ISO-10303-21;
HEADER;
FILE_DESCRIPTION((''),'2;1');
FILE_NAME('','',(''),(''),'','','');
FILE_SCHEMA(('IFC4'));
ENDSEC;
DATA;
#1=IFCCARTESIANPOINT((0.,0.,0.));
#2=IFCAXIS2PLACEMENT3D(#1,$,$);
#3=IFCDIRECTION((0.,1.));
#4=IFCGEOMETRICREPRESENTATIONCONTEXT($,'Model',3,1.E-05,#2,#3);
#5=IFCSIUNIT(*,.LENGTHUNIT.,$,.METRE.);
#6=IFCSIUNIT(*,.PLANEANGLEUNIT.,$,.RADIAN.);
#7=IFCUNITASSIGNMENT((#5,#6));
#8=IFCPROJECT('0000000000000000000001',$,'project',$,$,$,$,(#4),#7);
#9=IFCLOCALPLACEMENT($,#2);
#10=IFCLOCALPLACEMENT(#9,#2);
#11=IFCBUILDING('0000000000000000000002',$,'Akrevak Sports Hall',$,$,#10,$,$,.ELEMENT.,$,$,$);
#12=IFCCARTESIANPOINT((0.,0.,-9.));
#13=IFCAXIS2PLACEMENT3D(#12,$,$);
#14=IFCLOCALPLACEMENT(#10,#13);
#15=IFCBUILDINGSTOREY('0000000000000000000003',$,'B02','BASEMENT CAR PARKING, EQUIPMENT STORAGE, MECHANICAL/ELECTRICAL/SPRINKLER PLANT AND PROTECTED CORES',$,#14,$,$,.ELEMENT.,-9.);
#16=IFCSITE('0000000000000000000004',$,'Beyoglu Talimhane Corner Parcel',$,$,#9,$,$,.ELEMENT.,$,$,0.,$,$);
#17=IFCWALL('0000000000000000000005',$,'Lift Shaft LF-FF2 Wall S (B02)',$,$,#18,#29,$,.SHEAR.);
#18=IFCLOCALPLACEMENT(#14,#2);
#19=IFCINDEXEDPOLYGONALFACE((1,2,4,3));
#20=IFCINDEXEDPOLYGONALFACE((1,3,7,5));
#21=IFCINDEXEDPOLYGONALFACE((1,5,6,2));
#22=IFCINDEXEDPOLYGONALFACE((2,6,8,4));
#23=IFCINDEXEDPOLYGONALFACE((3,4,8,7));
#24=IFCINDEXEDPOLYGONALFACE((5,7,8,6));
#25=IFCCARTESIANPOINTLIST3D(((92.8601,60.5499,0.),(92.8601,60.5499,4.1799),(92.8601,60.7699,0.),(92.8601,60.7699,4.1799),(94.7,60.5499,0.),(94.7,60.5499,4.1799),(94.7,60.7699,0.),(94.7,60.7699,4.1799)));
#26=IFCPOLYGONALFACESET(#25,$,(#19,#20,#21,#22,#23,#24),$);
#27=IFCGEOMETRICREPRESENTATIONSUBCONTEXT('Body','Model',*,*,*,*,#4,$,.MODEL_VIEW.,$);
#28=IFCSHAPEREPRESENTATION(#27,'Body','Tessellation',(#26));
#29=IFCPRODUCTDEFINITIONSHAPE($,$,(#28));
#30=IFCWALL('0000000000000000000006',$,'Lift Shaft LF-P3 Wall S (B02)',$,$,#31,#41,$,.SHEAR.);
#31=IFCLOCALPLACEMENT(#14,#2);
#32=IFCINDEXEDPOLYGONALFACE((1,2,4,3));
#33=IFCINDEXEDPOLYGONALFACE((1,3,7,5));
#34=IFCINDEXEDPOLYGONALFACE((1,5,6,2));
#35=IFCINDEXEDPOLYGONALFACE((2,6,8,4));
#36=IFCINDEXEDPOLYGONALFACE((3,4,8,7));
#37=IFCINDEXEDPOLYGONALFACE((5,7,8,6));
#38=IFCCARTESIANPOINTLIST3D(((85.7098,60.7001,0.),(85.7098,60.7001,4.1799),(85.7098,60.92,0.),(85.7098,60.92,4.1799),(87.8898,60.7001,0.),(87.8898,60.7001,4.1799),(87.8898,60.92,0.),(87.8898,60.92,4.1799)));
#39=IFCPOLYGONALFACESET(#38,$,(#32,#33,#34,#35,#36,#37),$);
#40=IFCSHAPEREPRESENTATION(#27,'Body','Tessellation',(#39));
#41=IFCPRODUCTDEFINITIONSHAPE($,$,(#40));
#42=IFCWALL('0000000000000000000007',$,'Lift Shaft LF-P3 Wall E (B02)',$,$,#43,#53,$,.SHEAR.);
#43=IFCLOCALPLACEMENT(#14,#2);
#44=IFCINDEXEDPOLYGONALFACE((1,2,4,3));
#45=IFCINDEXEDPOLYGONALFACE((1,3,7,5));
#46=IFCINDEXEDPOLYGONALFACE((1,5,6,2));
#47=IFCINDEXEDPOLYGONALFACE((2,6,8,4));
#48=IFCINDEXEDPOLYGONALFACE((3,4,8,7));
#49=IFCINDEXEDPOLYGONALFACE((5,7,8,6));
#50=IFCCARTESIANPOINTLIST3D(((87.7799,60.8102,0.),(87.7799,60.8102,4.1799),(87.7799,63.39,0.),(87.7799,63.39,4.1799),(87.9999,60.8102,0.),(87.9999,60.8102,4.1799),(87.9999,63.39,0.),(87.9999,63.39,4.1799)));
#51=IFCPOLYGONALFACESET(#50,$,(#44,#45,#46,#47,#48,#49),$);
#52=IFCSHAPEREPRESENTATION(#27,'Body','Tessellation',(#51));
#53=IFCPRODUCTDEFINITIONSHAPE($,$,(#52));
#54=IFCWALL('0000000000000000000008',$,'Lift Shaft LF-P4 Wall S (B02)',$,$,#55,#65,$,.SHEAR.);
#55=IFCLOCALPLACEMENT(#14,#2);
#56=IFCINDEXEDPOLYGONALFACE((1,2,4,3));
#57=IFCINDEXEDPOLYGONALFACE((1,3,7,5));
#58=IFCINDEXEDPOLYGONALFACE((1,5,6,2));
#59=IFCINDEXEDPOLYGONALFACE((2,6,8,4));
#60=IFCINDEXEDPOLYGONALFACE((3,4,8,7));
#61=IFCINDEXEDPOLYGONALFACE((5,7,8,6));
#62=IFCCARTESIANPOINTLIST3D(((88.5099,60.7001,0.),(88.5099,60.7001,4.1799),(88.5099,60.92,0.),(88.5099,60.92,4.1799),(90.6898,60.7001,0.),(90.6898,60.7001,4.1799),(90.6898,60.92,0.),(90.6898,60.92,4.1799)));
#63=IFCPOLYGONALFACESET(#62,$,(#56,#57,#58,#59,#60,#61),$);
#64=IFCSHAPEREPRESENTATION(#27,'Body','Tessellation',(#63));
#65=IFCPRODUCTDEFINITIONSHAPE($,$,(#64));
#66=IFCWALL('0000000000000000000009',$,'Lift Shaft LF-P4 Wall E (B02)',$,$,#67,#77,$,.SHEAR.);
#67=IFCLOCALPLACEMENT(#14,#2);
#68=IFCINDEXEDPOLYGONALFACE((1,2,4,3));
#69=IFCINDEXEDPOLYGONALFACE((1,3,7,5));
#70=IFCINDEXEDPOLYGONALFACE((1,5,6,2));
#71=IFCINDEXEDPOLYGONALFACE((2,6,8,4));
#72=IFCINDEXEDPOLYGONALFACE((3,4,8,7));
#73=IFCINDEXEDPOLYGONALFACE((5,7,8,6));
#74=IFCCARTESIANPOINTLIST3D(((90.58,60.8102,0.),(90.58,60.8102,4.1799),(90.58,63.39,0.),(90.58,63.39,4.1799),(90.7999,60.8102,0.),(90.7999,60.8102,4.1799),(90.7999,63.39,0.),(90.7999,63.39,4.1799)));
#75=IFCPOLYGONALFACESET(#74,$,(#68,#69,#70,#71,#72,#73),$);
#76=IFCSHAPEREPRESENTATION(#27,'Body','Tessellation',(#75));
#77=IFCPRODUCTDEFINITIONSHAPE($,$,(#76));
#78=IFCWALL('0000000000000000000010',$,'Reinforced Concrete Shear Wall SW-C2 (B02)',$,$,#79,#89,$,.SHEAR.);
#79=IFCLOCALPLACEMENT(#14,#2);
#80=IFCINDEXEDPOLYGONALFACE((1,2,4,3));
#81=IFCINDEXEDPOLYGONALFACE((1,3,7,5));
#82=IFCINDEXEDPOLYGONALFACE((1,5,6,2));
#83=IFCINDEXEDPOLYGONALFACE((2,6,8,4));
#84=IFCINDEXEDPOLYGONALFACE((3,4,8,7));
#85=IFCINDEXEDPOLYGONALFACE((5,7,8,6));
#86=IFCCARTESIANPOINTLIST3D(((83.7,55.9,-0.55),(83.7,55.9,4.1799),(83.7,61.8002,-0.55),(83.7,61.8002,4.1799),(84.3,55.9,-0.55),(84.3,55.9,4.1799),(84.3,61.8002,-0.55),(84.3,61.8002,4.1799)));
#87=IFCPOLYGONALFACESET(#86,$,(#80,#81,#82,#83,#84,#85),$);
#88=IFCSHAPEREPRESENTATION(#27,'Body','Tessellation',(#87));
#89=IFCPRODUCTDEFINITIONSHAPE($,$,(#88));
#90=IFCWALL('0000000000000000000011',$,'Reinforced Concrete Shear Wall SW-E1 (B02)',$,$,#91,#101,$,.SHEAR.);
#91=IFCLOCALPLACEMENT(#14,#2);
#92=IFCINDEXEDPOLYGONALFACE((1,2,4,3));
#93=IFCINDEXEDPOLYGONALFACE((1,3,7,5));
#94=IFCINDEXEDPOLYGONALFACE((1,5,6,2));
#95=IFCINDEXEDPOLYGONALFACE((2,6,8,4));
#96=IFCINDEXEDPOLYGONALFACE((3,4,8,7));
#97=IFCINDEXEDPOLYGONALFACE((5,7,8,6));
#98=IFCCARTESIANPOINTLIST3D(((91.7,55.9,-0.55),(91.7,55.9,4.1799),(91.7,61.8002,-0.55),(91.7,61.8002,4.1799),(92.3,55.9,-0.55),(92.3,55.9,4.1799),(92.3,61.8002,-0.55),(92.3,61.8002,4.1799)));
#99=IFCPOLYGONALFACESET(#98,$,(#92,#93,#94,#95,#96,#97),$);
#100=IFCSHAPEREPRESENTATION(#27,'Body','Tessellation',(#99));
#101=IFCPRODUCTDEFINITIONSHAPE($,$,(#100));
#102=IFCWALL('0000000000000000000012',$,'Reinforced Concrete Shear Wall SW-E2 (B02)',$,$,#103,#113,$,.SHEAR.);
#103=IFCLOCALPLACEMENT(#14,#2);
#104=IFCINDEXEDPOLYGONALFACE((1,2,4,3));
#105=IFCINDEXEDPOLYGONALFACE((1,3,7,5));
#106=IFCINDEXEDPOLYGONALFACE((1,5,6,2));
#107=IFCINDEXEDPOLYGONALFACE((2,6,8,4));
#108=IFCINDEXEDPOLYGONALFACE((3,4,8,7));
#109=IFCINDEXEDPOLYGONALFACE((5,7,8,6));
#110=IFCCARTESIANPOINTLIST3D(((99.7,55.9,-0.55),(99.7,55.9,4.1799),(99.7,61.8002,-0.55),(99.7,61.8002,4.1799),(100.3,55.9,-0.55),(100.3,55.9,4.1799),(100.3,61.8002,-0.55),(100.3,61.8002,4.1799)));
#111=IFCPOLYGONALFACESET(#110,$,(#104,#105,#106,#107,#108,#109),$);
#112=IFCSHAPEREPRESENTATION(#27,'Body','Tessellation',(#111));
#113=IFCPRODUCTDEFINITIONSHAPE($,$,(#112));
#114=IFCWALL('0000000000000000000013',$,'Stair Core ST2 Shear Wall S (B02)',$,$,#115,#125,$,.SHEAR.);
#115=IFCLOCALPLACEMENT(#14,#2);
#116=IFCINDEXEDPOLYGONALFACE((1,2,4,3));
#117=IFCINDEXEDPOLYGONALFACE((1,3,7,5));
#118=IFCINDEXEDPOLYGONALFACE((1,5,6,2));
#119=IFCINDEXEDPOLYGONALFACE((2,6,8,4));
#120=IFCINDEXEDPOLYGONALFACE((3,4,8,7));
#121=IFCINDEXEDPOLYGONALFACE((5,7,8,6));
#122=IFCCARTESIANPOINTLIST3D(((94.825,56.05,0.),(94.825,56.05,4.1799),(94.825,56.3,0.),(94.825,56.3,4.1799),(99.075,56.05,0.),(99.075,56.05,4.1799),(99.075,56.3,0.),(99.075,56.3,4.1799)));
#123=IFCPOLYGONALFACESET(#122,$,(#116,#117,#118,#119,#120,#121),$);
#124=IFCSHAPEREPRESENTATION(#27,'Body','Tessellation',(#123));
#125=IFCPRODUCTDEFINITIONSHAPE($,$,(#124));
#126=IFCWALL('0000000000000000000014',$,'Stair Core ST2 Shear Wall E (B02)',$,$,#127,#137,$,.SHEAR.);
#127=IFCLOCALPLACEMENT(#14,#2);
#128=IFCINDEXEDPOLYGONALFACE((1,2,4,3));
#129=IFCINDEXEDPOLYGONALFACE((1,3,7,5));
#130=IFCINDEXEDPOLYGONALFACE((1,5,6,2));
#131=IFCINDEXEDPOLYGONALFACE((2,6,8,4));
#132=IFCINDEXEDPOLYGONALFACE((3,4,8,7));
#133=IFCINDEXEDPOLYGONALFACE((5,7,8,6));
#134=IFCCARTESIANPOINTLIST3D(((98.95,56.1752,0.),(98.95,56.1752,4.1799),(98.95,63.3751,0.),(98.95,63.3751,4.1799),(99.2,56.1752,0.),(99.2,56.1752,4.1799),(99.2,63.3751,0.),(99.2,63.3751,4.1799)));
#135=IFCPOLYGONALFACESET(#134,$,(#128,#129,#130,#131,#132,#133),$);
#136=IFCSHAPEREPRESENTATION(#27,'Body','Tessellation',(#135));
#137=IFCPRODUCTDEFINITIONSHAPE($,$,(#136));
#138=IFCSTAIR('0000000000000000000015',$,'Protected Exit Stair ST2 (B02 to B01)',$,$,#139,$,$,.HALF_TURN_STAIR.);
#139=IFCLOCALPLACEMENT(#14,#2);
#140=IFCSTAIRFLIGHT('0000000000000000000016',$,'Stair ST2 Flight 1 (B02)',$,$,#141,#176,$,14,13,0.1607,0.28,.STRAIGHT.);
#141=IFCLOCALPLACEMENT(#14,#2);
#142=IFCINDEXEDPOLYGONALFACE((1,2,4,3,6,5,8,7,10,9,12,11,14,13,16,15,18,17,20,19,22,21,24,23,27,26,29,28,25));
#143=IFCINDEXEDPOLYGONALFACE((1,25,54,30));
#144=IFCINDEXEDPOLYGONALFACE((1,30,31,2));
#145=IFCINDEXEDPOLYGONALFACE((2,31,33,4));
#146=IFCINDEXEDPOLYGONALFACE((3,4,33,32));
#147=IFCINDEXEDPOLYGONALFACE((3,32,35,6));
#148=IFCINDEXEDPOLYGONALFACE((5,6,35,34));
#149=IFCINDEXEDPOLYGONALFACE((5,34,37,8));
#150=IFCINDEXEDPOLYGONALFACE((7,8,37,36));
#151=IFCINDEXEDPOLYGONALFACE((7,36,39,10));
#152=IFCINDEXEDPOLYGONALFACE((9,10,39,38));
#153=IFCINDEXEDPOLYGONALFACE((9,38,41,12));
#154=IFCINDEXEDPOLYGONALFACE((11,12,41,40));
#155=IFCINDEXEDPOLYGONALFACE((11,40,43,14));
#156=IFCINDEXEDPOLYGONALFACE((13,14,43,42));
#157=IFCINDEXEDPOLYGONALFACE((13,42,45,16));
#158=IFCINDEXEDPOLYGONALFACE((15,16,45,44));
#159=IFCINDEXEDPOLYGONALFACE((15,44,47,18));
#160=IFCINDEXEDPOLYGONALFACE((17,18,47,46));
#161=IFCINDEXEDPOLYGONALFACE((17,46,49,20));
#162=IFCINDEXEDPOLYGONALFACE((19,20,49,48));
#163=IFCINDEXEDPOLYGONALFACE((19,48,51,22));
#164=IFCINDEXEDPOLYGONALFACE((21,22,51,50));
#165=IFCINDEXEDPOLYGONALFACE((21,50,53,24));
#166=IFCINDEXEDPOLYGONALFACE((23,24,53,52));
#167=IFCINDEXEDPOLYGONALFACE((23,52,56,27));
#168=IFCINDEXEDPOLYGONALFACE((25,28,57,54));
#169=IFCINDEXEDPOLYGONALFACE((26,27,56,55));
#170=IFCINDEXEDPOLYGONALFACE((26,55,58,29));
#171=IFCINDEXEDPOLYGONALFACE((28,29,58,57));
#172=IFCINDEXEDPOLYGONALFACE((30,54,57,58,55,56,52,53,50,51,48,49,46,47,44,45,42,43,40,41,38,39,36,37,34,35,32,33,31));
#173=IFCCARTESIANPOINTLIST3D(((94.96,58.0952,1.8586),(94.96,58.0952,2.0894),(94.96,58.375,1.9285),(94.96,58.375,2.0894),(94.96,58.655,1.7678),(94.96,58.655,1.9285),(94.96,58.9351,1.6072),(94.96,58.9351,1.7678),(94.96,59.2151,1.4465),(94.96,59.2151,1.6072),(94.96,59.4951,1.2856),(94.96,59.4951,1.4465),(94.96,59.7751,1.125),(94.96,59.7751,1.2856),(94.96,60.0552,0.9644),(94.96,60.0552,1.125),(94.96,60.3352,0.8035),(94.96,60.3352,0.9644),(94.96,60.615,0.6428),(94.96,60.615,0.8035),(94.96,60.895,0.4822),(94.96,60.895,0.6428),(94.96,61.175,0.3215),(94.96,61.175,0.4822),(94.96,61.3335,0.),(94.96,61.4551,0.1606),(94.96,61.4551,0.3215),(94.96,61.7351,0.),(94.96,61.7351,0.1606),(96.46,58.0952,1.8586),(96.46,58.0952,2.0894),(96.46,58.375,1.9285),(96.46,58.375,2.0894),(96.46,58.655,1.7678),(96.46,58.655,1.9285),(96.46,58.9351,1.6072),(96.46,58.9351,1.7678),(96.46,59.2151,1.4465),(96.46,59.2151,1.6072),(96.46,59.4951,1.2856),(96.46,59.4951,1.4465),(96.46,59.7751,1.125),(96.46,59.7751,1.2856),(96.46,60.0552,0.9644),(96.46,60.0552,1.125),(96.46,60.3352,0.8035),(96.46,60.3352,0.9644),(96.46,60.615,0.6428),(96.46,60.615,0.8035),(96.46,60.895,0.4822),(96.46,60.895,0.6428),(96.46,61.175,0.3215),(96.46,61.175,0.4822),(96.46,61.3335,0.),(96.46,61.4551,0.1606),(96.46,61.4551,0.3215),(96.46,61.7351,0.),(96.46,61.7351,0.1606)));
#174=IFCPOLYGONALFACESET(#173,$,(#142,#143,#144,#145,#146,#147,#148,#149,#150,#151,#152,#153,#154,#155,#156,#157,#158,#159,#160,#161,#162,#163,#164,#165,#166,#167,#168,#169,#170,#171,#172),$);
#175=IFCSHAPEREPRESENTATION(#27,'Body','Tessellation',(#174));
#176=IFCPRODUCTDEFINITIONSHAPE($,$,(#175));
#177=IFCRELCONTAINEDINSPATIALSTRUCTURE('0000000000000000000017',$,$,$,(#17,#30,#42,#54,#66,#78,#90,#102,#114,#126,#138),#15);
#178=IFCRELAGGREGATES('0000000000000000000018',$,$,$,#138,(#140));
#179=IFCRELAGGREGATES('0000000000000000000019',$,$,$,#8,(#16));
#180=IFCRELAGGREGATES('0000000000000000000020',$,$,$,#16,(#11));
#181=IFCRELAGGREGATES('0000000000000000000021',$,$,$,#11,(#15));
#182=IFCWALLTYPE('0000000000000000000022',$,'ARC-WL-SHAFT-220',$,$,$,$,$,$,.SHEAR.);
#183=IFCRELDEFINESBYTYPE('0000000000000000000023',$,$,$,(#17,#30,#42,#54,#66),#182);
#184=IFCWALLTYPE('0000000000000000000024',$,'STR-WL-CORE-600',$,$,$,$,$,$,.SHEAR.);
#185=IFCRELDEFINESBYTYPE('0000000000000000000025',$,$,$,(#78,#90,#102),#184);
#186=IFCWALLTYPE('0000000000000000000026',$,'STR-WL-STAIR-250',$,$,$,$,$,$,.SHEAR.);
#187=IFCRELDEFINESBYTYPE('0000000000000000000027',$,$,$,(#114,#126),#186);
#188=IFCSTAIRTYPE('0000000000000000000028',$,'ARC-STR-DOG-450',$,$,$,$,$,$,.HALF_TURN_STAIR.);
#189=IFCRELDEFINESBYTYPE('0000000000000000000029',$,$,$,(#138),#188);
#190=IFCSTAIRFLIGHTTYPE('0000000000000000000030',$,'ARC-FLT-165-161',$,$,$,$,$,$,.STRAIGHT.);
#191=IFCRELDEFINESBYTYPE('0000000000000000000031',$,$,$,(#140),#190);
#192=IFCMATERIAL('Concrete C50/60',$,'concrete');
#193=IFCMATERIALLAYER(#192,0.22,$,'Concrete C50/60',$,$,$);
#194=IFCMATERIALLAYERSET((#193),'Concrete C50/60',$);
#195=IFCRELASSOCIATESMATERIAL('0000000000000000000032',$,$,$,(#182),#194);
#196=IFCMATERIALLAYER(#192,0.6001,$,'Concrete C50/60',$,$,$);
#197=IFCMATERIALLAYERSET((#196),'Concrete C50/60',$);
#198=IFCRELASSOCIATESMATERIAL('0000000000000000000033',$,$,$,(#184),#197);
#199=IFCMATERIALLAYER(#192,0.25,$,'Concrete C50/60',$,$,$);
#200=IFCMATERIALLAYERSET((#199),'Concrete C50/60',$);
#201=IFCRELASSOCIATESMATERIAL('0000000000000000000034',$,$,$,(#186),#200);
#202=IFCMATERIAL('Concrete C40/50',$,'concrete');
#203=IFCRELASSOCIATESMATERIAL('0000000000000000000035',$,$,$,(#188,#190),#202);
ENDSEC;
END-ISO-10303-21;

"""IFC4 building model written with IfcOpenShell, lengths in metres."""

from ifc_helpers import new_model, si_unit, direction, frame, frame_2d, origin, place, context, subcontext, project, spatial, polyline, rectangle, outline, extrude, material, layer, layer_set, type_object, element, aggregate, save


model = new_model("IFC4")

# Units and contexts
model_context = context("Model", 3, precision=1e-05, world=origin(), true_north=direction((0.0, 1.0)))
body_context = subcontext(model_context, "Body", "Model", "MODEL_VIEW")
ifc_project = project(units=[si_unit("LENGTHUNIT", "METRE"), si_unit("PLANEANGLEUNIT", "RADIAN")], contexts=[model_context])

# Site, building, storey
site_placement = place(None, origin())
site = spatial("IfcSite", under=ifc_project, at=site_placement, Name="Beyoglu Talimhane Corner Parcel", CompositionType="ELEMENT", RefElevation=0.0)
building_placement = place(site_placement, origin())
building = spatial("IfcBuilding", under=site, at=building_placement, Name="Akrevak Sports Hall", CompositionType="ELEMENT")
storey_placement = place(building_placement, frame((0.0, 0.0, -9.0)))
storey = spatial("IfcBuildingStorey", under=building, at=storey_placement, Name="B02", Description="BASEMENT CAR PARKING, EQUIPMENT STORAGE, MECHANICAL/ELECTRICAL/SPRINKLER PLANT AND PROTECTED CORES", CompositionType="ELEMENT", Elevation=-9.0)

# Shared definitions
ifc_material_1 = material(Name="Concrete C40/50", Category="concrete")

# Shared definitions
ifc_material_2 = material(Name="Concrete C50/60", Category="concrete")

# Walls
ifc_layer_1 = layer(ifc_material_2, 0.22, Name="Concrete C50/60")
ifc_layer_set_1 = layer_set([ifc_layer_1], Name="Concrete C50/60")
wall_type_1 = type_object("IfcWallType", Name="ARC-WL-SHAFT-220", PredefinedType="SHEAR", material=ifc_layer_set_1)
wall_1_placement = place(storey_placement, frame((92.8601, 60.6599, 0.0), z_axis=(0.0, 0.0, 1.0), x_axis=(1.0, 0.0, 0.0)))
element("IfcWall", 1, at=wall_1_placement, inside=storey, type_object=wall_type_1, Name="Lift Shaft LF-FF2 Wall S (B02)", PredefinedType="SHEAR", context=body_context, shape_type="SweptSolid", body=[
    extrude(rectangle(XDim=1.8398, YDim=0.22, at=frame_2d((0.9199, 0.0))), origin(), (0.0, 0.0, 1.0), 4.1799),
])
wall_2_placement = place(storey_placement, frame((85.71, 60.8101, 0.0), z_axis=(0.0, 0.0, 1.0), x_axis=(1.0, 0.0, 0.0)))
element("IfcWall", 2, at=wall_2_placement, inside=storey, type_object=wall_type_1, Name="Lift Shaft LF-P3 Wall S (B02)", PredefinedType="SHEAR", context=body_context, shape_type="SweptSolid", body=[
    extrude(rectangle(XDim=2.1799, YDim=0.22, at=frame_2d((1.0898, 0.0))), origin(), (0.0, 0.0, 1.0), 4.1799),
])
wall_3_placement = place(storey_placement, frame((87.8899, 60.8101, 0.0), z_axis=(0.0, 0.0, 1.0), x_axis=(0.0, 1.0, 0.0)))
element("IfcWall", 3, at=wall_3_placement, inside=storey, type_object=wall_type_1, Name="Lift Shaft LF-P3 Wall E (B02)", PredefinedType="SHEAR", context=body_context, shape_type="SweptSolid", body=[
    extrude(rectangle(XDim=2.5798, YDim=0.22, at=frame_2d((1.29, 0.0))), origin(), (0.0, 0.0, 1.0), 4.1799),
])
wall_4_placement = place(storey_placement, frame((88.51, 60.8101, 0.0), z_axis=(0.0, 0.0, 1.0), x_axis=(1.0, 0.0, 0.0)))
element("IfcWall", 4, at=wall_4_placement, inside=storey, type_object=wall_type_1, Name="Lift Shaft LF-P4 Wall S (B02)", PredefinedType="SHEAR", context=body_context, shape_type="SweptSolid", body=[
    extrude(rectangle(XDim=2.1799, YDim=0.22, at=frame_2d((1.0898, 0.0))), origin(), (0.0, 0.0, 1.0), 4.1799),
])
wall_5_placement = place(storey_placement, frame((90.6899, 60.8101, 0.0), z_axis=(0.0, 0.0, 1.0), x_axis=(0.0, 1.0, 0.0)))
element("IfcWall", 5, at=wall_5_placement, inside=storey, type_object=wall_type_1, Name="Lift Shaft LF-P4 Wall E (B02)", PredefinedType="SHEAR", context=body_context, shape_type="SweptSolid", body=[
    extrude(rectangle(XDim=2.5798, YDim=0.22, at=frame_2d((1.29, 0.0))), origin(), (0.0, 0.0, 1.0), 4.1799),
])
ifc_layer_2 = layer(ifc_material_2, 0.6001, Name="Concrete C50/60")
ifc_layer_set_2 = layer_set([ifc_layer_2], Name="Concrete C50/60")
wall_type_2 = type_object("IfcWallType", Name="STR-WL-CORE-600", PredefinedType="SHEAR", material=ifc_layer_set_2)
for number, where, z_axis, x_axis, name in (
    (6, (84.0, 55.8999, -0.55), (0.0, 0.0, 1.0), (0.0, 1.0, 0.0), "Reinforced Concrete Shear Wall SW-C2 (B02)"),
    (7, (92.0, 55.8999, -0.55), (0.0, 0.0, 1.0), (0.0, 1.0, 0.0), "Reinforced Concrete Shear Wall SW-E1 (B02)"),
    (8, (100.0, 55.8999, -0.55), (0.0, 0.0, 1.0), (0.0, 1.0, 0.0), "Reinforced Concrete Shear Wall SW-E2 (B02)"),
):
    element("IfcWall", number, at=place(storey_placement, frame(where, z_axis=z_axis, x_axis=x_axis)), inside=storey, type_object=wall_type_2, Name=name, PredefinedType="SHEAR", context=body_context, shape_type="SweptSolid", body=[
        extrude(rectangle(XDim=5.9001, YDim=0.6001, at=frame_2d((2.9502, 0.0))), origin(), (0.0, 0.0, 1.0), 4.73),
    ])
ifc_layer_3 = layer(ifc_material_2, 0.25, Name="Concrete C50/60")
ifc_layer_set_3 = layer_set([ifc_layer_3], Name="Concrete C50/60")
wall_type_3 = type_object("IfcWallType", Name="STR-WL-STAIR-250", PredefinedType="SHEAR", material=ifc_layer_set_3)
wall_6_placement = place(storey_placement, frame((94.825, 56.175, 0.0), z_axis=(0.0, 0.0, 1.0), x_axis=(1.0, 0.0, 0.0)))
element("IfcWall", 9, at=wall_6_placement, inside=storey, type_object=wall_type_3, Name="Stair Core ST2 Shear Wall S (B02)", PredefinedType="SHEAR", context=body_context, shape_type="SweptSolid", body=[
    extrude(rectangle(XDim=4.25, YDim=0.25, at=frame_2d((2.125, 0.0))), origin(), (0.0, 0.0, 1.0), 4.1799),
])
wall_7_placement = place(storey_placement, frame((99.075, 56.175, 0.0), z_axis=(0.0, 0.0, 1.0), x_axis=(0.0, 1.0, 0.0)))
element("IfcWall", 10, at=wall_7_placement, inside=storey, type_object=wall_type_3, Name="Stair Core ST2 Shear Wall E (B02)", PredefinedType="SHEAR", context=body_context, shape_type="SweptSolid", body=[
    extrude(rectangle(XDim=7.2, YDim=0.25, at=frame_2d((3.6001, 0.0))), origin(), (0.0, 0.0, 1.0), 4.1799),
])

# Stair, stair flight
stair_type = type_object("IfcStairType", Name="ARC-STR-DOG-450", PredefinedType="HALF_TURN_STAIR", material=ifc_material_1)
stair_placement = place(storey_placement, origin())
stair = element("IfcStair", 11, at=stair_placement, inside=storey, type_object=stair_type, Name="Protected Exit Stair ST2 (B02 to B01)", PredefinedType="HALF_TURN_STAIR")
stair_flight_type = type_object("IfcStairFlightType", Name="ARC-FLT-165-161", PredefinedType="STRAIGHT", material=ifc_material_1)
stair_flight_1_placement = place(storey_placement, frame((95.71, 61.7351, 0.0), z_axis=(0.0, 0.0, 1.0), x_axis=(0.0, -1.0, 0.0)))
stair_flight_1 = element("IfcStairFlight", 12, at=stair_flight_1_placement, type_object=stair_flight_type, Name="Stair ST2 Flight 1 (B02)", NumberOfRisers=14, NumberOfTreads=13, PredefinedType="STRAIGHT", RiserHeight=0.1607, TreadLength=0.28, context=body_context, shape_type="SweptSolid", body=[
    extrude(outline(polyline([(0.0, 0.0), (0.0, 0.1606), (0.28, 0.1606), (0.28, 0.3215), (0.5601, 0.3215), (0.5601, 0.4822), (0.8401, 0.4822), (0.8401, 0.6428), (1.1201, 0.6428), (1.1201, 0.8035), (1.3999, 0.8035), (1.3999, 0.9644), (1.6799, 0.9644), (1.6799, 1.125), (1.96, 1.125), (1.96, 1.2856), (2.24, 1.2856), (2.24, 1.4465), (2.52, 1.4465), (2.52, 1.6072), (2.8, 1.6072), (2.8, 1.7678), (3.0801, 1.7678), (3.0801, 1.9285), (3.3601, 1.9285), (3.3601, 2.0894), (3.6399, 2.0894), (3.6399, 2.25), (3.6399, 1.8586), (0.4016, 0.0), (0.0, 0.0)])), frame((0.0, 0.75, 0.0), z_axis=(0.0, -1.0, 0.0), x_axis=(1.0, 0.0, 0.0)), (0.0, 0.0, 1.0), 1.5),
])
aggregate(stair, [stair_flight_1])

save(model, "model.ifc")
